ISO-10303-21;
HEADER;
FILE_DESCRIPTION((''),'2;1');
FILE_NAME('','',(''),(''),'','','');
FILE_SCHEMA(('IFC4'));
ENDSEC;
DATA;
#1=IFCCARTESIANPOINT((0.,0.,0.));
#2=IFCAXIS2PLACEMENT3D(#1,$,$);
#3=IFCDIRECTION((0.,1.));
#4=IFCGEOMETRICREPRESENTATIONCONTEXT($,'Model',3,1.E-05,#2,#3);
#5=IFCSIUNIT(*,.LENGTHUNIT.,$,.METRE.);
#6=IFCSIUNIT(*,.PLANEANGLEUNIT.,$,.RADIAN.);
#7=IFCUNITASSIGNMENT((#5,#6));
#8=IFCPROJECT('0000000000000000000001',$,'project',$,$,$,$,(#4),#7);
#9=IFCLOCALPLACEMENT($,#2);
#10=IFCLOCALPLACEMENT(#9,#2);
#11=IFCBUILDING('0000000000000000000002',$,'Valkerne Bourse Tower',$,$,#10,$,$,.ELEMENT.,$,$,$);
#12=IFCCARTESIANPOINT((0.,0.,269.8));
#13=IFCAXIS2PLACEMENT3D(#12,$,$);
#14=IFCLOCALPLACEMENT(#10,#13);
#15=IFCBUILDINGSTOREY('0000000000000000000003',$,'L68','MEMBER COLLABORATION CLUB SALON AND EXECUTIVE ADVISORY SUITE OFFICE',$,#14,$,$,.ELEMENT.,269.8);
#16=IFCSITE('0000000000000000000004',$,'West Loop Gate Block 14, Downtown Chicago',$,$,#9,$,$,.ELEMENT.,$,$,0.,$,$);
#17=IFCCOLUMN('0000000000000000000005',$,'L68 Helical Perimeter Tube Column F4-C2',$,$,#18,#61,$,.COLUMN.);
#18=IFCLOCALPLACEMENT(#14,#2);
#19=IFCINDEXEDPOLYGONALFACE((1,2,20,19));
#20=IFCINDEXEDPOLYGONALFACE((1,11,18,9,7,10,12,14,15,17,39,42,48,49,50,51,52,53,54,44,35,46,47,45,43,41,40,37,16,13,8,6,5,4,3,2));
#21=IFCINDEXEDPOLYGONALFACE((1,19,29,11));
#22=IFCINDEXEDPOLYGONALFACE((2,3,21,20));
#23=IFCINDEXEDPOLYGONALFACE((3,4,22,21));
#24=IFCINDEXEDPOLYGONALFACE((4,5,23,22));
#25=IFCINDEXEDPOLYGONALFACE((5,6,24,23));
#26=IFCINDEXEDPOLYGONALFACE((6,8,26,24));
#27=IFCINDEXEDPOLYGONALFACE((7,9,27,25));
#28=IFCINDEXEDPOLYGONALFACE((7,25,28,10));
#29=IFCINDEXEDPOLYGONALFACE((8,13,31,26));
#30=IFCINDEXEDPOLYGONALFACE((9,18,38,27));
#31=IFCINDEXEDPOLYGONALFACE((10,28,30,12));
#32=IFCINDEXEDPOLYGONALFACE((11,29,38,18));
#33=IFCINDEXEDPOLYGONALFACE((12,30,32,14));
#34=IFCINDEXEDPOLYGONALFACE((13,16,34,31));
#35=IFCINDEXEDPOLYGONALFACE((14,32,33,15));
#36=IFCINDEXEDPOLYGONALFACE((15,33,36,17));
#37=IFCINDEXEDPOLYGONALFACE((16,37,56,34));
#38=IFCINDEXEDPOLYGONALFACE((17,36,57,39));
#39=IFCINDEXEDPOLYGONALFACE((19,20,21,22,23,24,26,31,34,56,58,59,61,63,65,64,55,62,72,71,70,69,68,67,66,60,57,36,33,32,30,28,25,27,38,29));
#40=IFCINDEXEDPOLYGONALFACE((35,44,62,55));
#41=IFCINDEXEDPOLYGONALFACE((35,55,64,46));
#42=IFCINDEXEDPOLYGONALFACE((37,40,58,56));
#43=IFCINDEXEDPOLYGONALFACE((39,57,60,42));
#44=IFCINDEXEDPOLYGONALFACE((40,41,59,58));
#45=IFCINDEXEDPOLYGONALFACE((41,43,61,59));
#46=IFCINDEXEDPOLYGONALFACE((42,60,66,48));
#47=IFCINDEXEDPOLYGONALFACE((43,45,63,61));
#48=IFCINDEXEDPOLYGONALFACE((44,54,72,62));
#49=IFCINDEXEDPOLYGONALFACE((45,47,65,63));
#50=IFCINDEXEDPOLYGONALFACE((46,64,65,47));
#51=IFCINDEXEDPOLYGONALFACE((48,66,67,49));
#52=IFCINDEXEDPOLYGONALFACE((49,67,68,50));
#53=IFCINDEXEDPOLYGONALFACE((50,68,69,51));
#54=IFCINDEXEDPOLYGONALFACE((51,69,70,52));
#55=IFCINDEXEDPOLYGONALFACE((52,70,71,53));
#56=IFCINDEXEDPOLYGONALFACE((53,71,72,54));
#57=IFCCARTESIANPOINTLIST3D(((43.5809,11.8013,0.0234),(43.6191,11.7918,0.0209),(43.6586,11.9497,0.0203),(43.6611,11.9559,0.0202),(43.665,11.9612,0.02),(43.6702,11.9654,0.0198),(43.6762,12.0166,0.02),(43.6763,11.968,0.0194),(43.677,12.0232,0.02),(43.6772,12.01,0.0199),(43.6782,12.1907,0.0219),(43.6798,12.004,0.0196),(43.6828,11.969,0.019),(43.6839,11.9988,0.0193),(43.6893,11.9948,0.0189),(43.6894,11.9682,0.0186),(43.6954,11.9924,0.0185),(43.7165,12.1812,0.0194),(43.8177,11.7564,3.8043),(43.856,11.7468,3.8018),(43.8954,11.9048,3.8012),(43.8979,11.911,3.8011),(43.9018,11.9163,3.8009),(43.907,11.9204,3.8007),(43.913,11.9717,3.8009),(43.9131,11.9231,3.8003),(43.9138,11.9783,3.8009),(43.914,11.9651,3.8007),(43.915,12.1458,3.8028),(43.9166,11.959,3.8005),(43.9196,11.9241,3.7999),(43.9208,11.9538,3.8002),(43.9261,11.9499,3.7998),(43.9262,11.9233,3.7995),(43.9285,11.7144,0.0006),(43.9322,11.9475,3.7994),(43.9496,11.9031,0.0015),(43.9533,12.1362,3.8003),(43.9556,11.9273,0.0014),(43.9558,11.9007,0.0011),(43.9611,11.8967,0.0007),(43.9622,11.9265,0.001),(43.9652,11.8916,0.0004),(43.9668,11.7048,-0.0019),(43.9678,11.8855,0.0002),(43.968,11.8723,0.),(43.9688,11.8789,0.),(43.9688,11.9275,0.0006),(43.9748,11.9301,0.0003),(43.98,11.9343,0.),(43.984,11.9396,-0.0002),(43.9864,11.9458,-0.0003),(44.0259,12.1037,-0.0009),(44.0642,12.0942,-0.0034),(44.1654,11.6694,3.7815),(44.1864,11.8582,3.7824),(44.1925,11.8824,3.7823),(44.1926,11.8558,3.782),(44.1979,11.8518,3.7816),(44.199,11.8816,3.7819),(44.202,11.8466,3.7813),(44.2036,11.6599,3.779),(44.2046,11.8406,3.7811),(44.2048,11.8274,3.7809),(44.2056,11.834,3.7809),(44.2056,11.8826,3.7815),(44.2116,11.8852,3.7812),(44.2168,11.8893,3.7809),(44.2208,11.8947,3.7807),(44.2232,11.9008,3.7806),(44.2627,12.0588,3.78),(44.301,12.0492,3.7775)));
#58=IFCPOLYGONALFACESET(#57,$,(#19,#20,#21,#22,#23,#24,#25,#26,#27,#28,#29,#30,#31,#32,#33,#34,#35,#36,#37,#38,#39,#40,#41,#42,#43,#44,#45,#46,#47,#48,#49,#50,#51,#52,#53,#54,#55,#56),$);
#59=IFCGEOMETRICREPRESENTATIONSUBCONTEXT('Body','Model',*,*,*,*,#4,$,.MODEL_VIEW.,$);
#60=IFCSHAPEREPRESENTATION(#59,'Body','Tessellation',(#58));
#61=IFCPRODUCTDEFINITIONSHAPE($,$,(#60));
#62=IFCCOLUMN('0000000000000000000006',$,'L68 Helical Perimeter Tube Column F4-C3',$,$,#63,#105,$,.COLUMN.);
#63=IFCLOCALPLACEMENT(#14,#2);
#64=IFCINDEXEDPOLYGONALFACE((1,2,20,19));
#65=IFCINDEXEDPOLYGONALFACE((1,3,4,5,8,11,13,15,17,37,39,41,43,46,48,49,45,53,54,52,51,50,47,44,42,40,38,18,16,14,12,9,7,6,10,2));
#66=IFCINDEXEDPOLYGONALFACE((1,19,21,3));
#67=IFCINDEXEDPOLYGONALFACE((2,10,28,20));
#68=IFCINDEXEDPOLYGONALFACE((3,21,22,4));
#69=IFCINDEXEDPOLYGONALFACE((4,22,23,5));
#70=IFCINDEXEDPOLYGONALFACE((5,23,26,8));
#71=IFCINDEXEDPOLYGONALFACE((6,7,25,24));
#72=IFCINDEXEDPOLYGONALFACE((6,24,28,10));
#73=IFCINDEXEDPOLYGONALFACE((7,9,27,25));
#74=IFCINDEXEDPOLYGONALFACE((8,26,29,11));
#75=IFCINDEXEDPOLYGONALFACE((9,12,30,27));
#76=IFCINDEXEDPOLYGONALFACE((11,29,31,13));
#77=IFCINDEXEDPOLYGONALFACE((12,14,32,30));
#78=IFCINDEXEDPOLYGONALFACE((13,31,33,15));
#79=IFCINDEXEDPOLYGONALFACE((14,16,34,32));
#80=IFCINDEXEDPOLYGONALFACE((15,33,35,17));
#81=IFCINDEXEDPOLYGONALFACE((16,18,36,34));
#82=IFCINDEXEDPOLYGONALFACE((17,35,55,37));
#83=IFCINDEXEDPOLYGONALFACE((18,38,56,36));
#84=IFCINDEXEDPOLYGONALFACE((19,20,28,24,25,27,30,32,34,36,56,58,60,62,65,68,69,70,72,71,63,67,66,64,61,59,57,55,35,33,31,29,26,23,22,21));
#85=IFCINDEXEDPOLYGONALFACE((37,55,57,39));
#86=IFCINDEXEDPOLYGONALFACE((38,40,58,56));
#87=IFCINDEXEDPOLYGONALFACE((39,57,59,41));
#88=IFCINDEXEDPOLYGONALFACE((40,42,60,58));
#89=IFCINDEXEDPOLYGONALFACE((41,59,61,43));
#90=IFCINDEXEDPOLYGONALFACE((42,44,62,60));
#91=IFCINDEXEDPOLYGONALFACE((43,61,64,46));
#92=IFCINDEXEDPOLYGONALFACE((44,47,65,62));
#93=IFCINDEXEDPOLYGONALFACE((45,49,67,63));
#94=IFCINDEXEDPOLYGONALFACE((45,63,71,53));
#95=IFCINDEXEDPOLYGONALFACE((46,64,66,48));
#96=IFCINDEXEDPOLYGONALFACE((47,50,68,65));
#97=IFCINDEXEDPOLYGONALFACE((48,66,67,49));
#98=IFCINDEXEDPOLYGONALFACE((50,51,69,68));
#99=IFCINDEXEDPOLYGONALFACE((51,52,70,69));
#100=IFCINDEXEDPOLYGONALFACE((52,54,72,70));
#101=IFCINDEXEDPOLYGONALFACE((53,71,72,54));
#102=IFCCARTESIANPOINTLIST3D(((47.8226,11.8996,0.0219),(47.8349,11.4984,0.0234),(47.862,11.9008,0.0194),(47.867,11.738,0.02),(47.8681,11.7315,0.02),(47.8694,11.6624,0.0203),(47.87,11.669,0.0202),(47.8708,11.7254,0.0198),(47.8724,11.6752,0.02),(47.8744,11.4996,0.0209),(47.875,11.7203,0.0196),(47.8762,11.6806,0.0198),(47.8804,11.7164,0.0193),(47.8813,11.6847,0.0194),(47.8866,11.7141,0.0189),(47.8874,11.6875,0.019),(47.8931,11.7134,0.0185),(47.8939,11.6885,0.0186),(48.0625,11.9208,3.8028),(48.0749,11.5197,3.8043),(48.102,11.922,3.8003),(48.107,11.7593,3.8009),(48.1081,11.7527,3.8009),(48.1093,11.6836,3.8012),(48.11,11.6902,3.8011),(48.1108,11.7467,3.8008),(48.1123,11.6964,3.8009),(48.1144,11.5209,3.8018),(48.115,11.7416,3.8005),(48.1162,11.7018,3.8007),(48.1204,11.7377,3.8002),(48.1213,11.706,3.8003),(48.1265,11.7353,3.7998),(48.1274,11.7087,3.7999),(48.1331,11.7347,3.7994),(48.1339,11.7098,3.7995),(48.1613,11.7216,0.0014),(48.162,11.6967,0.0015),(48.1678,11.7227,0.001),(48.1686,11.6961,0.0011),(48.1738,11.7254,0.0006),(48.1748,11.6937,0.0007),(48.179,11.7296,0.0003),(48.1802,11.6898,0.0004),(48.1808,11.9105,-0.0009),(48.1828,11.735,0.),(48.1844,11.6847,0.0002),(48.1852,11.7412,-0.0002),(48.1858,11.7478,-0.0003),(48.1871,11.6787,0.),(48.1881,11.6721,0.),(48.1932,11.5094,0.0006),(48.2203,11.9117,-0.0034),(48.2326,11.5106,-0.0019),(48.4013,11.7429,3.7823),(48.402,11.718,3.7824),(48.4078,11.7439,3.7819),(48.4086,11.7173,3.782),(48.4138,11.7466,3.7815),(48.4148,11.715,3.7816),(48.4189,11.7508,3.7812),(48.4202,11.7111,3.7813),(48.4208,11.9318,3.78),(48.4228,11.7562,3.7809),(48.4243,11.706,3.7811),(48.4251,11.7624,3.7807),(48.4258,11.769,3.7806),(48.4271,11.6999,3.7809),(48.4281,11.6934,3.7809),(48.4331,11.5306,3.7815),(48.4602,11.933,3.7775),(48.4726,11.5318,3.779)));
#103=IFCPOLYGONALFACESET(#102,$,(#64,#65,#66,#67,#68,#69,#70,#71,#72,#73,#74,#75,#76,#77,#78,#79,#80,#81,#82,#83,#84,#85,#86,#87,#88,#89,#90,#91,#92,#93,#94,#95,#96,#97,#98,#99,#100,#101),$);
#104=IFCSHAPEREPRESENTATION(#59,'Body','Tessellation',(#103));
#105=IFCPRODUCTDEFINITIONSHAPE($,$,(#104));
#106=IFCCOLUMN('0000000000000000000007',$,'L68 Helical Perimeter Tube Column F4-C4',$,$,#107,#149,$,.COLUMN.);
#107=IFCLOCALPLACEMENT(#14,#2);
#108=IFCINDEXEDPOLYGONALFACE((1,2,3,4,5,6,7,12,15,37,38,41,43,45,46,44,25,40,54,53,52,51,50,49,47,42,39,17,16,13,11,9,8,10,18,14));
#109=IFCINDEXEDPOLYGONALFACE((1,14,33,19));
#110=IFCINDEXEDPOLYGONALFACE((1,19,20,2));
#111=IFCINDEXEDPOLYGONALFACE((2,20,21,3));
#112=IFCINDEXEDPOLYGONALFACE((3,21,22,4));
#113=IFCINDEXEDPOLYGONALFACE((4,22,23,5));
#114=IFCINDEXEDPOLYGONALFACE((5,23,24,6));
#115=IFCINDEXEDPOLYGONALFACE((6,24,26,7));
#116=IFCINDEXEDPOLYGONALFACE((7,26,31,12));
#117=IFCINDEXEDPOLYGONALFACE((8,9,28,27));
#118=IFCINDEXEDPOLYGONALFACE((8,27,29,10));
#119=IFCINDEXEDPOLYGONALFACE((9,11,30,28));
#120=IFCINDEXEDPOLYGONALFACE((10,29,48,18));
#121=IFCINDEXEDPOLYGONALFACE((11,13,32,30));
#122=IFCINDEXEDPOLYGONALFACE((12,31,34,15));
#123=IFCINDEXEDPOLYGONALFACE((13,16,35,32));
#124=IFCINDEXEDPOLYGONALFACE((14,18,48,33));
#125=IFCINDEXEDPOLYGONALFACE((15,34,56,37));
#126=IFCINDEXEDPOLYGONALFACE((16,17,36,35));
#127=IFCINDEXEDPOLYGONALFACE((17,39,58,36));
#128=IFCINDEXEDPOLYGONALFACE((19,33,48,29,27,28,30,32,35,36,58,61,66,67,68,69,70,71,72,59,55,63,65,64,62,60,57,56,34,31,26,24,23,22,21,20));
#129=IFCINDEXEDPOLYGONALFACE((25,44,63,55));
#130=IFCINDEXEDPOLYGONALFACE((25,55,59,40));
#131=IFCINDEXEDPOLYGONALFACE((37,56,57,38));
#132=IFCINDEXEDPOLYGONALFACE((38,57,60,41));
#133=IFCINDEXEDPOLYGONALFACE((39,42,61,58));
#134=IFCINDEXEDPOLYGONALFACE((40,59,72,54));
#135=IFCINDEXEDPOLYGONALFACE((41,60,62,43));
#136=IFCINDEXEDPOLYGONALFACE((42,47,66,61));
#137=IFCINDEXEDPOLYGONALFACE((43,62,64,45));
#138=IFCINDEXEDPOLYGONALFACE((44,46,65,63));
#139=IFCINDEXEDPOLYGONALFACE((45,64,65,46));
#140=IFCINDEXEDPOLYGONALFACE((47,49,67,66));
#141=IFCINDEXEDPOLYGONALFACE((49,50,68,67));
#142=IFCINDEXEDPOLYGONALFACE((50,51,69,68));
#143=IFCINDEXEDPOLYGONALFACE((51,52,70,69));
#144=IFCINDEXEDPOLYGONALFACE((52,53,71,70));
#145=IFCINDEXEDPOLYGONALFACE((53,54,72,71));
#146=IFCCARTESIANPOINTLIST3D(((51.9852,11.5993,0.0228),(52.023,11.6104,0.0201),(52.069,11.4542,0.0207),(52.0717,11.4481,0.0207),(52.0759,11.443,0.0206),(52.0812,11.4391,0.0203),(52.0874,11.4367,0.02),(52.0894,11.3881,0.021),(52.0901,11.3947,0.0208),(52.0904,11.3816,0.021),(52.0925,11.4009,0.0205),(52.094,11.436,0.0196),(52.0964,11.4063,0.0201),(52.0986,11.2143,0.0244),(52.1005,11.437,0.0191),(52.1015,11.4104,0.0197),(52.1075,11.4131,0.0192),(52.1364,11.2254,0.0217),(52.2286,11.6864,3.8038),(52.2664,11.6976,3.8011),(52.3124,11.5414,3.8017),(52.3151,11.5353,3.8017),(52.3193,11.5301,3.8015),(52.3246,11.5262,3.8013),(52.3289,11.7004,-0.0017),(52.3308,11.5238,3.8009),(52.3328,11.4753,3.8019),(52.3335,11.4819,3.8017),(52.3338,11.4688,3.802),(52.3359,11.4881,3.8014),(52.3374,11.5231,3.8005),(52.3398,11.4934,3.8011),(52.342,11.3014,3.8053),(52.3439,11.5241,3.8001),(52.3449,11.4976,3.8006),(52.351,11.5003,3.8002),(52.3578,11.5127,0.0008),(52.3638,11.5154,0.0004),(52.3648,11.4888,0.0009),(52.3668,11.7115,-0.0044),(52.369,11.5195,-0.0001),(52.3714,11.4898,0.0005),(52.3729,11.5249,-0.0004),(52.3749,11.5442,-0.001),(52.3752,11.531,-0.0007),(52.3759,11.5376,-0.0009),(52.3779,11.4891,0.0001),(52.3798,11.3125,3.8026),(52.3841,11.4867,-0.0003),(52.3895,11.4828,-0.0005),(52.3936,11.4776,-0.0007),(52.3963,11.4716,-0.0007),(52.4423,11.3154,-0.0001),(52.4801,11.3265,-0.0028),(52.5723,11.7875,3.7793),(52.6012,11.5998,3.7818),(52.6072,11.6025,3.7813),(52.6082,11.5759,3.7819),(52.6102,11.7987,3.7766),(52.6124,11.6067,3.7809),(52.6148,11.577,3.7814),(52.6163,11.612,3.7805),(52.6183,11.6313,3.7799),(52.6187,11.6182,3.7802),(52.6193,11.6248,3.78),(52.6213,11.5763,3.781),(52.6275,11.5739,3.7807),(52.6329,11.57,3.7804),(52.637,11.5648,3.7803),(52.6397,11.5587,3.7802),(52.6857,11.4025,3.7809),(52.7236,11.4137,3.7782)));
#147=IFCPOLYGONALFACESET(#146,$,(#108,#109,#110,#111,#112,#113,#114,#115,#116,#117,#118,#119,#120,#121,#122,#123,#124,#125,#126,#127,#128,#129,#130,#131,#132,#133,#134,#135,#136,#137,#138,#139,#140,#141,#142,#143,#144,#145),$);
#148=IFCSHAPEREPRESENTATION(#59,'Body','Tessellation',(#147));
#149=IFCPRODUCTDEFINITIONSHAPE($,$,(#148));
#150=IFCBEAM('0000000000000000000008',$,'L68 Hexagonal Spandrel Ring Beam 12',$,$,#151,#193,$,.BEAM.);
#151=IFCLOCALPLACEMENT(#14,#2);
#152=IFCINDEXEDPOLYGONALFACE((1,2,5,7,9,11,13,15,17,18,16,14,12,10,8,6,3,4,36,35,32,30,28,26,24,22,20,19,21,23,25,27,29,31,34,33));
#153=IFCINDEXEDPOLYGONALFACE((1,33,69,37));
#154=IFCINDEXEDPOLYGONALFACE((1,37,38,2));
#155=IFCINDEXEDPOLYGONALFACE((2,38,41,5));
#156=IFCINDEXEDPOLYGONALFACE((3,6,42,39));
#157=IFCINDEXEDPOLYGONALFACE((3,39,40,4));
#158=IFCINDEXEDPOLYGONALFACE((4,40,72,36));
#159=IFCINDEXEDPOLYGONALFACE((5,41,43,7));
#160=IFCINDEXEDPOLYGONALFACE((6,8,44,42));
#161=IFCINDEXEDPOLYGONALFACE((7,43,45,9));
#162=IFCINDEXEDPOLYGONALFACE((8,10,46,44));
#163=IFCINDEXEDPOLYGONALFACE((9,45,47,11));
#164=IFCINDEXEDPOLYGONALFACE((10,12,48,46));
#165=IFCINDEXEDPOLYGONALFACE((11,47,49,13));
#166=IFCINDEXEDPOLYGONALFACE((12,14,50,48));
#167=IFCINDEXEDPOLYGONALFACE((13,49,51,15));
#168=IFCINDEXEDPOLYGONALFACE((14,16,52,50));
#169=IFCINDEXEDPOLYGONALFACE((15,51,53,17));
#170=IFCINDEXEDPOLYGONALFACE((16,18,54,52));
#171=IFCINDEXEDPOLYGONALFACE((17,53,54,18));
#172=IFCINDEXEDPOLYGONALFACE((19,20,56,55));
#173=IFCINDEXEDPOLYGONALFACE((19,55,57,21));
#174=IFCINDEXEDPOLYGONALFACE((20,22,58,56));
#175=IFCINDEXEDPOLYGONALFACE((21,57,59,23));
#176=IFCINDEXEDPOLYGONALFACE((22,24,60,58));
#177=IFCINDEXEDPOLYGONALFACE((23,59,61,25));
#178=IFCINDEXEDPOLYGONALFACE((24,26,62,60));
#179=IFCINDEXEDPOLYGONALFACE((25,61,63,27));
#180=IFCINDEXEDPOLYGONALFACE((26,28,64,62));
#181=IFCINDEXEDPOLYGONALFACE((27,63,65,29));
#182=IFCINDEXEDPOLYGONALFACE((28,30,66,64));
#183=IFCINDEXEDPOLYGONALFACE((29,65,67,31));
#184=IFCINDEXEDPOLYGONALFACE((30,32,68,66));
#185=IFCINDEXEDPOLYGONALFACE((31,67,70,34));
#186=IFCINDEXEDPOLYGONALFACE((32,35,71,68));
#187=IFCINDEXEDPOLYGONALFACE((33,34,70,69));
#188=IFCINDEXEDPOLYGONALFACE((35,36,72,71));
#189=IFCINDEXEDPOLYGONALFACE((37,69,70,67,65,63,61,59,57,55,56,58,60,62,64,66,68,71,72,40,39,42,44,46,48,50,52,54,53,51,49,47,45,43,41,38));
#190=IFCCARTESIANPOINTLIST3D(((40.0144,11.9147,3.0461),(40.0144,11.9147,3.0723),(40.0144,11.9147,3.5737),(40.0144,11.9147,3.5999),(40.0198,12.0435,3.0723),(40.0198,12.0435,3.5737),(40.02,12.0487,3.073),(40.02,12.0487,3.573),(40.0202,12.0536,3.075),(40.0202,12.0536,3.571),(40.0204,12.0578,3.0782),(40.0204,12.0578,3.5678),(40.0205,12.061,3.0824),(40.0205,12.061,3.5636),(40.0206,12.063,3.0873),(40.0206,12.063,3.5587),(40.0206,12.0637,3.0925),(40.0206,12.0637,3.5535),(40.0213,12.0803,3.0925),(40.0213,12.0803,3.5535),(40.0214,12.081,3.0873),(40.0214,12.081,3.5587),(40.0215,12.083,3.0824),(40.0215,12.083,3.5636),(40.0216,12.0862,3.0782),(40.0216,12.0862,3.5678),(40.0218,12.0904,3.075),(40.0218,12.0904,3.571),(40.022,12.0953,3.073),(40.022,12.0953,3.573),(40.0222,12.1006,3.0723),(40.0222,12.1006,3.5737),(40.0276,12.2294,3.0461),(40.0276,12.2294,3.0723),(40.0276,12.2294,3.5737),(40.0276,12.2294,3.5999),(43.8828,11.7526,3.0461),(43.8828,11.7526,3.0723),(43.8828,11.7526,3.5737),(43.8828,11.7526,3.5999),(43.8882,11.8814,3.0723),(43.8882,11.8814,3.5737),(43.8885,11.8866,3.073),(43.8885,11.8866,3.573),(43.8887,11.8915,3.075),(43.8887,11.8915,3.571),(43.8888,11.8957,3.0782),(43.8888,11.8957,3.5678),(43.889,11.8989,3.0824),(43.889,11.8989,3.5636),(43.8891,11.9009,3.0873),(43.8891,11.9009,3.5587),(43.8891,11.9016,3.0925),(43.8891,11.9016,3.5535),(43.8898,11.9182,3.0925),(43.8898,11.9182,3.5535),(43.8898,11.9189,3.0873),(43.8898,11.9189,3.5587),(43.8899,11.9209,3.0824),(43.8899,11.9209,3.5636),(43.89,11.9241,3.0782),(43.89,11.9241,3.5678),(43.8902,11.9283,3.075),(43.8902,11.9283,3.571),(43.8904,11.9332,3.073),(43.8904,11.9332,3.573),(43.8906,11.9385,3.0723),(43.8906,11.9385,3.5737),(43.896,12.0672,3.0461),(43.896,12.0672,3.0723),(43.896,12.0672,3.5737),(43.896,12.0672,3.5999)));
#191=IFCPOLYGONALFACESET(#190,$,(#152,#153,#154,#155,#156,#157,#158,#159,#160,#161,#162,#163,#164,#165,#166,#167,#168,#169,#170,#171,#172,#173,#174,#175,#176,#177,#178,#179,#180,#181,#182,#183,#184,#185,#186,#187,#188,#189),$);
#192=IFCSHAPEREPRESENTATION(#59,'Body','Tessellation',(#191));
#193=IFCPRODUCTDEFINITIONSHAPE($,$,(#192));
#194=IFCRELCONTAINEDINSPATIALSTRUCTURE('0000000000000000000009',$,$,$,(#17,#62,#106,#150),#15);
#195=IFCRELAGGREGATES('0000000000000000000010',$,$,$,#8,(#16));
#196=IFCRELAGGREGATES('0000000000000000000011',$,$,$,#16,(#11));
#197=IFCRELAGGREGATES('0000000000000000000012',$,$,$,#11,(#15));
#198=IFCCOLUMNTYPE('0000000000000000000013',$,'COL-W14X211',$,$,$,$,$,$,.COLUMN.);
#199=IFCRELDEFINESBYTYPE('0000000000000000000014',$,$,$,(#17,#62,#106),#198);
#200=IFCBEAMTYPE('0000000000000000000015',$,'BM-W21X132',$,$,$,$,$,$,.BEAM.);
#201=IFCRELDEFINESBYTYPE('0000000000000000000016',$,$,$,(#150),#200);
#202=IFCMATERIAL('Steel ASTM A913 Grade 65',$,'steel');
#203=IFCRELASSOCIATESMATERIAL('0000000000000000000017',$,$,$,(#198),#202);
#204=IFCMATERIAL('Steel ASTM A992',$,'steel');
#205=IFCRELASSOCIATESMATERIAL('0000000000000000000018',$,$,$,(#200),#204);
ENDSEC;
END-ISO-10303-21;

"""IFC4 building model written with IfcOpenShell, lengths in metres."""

from ifc_helpers import new_model, si_unit, direction, frame, origin, origin_2d, place, context, subcontext, project, spatial, i_section, extrude, material, material_profile, profile_set, type_object, element, save


model = new_model("IFC4")

# Units and contexts
model_context = context("Model", 3, precision=1e-05, world=origin(), true_north=direction((0.0, 1.0)))
body_context = subcontext(model_context, "Body", "Model", "MODEL_VIEW")
ifc_project = project(units=[si_unit("LENGTHUNIT", "METRE"), si_unit("PLANEANGLEUNIT", "RADIAN")], contexts=[model_context])

# Site, building, storey
site_placement = place(None, origin())
site = spatial("IfcSite", under=ifc_project, at=site_placement, Name="West Loop Gate Block 14, Downtown Chicago", CompositionType="ELEMENT", RefElevation=0.0)
building_placement = place(site_placement, origin())
building = spatial("IfcBuilding", under=site, at=building_placement, Name="Valkerne Bourse Tower", CompositionType="ELEMENT")
storey_placement = place(building_placement, frame((0.0, 0.0, 269.8)))
storey = spatial("IfcBuildingStorey", under=building, at=storey_placement, Name="L68", Description="MEMBER COLLABORATION CLUB SALON AND EXECUTIVE ADVISORY SUITE OFFICE", CompositionType="ELEMENT", Elevation=269.8)

# Columns
ifc_material_1 = material(Name="Steel ASTM A913 Grade 65", Category="steel")
ifc_material_profile_1 = material_profile(ifc_material_1, i_section(OverallWidth=0.4014, OverallDepth=0.3987, WebThickness=0.0249, FlangeThickness=0.0396, FilletRadius=0.0254, at=origin_2d()), Name="W14X211")
ifc_profile_set_1 = profile_set([ifc_material_profile_1], Name="Steel ASTM A913 Grade 65")
column_type = type_object("IfcColumnType", Name="COL-W14X211", PredefinedType="COLUMN", material=ifc_profile_set_1)
for number, where, z_axis, x_axis, name in (
    (1, (43.8225, 11.9478, 0.01), (0.062506, -0.011857, 0.997974), (0.242499, 0.970145, -0.003662), "L68 Helical Perimeter Tube Column F4-C2"),
    (2, (48.0276, 11.7051, 0.01), (0.063344, 0.005606, 0.997976), (-0.03079, 0.999519, -0.003661), "L68 Helical Perimeter Tube Column F4-C3"),
):
    element("IfcColumn", number, at=place(storey_placement, frame(where, z_axis=z_axis, x_axis=x_axis)), inside=storey, type_object=column_type, Name=name, PredefinedType="COLUMN", context=body_context, shape_type="SweptSolid", body=[
        extrude(i_section(OverallWidth=0.4014, OverallDepth=0.3987, WebThickness=0.0249, FlangeThickness=0.0396, FilletRadius=0.0254, at=origin_2d()), origin(), (0.0, 0.0, 1.0), 3.7886),
    ])
column_placement = place(storey_placement, frame((52.2327, 11.4629, 0.01), z_axis=(0.064227, 0.022998, 0.99767), x_axis=(-0.282487, 0.959263, -0.003927)))
element("IfcColumn", 3, at=column_placement, inside=storey, type_object=column_type, Name="L68 Helical Perimeter Tube Column F4-C4", PredefinedType="COLUMN", context=body_context, shape_type="SweptSolid", body=[
    extrude(i_section(OverallWidth=0.4014, OverallDepth=0.3987, WebThickness=0.0249, FlangeThickness=0.0396, FilletRadius=0.0254, at=origin_2d()), origin(), (0.0, 0.0, 1.0), 3.7898),
])

# Beam
ifc_material_2 = material(Name="Steel ASTM A992", Category="steel")
ifc_material_profile_2 = material_profile(ifc_material_2, i_section(OverallWidth=0.3149, OverallDepth=0.5537, WebThickness=0.0166, FlangeThickness=0.0261, FilletRadius=0.0203, at=origin_2d()), Name="W21X132")
ifc_profile_set_2 = profile_set([ifc_material_profile_2], Name="Steel ASTM A992")
beam_type_1 = type_object("IfcBeamType", Name="BM-W21X132", PredefinedType="BEAM", material=ifc_profile_set_2)
beam_1_placement = place(storey_placement, frame((40.021, 12.072, 3.323), z_axis=(0.999123, -0.041869, 0.0), x_axis=(0.041869, 0.999123, 0.0)))
element("IfcBeam", 4, at=beam_1_placement, inside=storey, type_object=beam_type_1, Name="L68 Hexagonal Spandrel Ring Beam 12", PredefinedType="BEAM", context=body_context, shape_type="SweptSolid", body=[
    extrude(i_section(OverallWidth=0.3149, OverallDepth=0.5537, WebThickness=0.0166, FlangeThickness=0.0261, FilletRadius=0.0203, at=origin_2d()), origin(), (0.0, 0.0, 1.0), 3.8718),
])

save(model, "model.ifc")
